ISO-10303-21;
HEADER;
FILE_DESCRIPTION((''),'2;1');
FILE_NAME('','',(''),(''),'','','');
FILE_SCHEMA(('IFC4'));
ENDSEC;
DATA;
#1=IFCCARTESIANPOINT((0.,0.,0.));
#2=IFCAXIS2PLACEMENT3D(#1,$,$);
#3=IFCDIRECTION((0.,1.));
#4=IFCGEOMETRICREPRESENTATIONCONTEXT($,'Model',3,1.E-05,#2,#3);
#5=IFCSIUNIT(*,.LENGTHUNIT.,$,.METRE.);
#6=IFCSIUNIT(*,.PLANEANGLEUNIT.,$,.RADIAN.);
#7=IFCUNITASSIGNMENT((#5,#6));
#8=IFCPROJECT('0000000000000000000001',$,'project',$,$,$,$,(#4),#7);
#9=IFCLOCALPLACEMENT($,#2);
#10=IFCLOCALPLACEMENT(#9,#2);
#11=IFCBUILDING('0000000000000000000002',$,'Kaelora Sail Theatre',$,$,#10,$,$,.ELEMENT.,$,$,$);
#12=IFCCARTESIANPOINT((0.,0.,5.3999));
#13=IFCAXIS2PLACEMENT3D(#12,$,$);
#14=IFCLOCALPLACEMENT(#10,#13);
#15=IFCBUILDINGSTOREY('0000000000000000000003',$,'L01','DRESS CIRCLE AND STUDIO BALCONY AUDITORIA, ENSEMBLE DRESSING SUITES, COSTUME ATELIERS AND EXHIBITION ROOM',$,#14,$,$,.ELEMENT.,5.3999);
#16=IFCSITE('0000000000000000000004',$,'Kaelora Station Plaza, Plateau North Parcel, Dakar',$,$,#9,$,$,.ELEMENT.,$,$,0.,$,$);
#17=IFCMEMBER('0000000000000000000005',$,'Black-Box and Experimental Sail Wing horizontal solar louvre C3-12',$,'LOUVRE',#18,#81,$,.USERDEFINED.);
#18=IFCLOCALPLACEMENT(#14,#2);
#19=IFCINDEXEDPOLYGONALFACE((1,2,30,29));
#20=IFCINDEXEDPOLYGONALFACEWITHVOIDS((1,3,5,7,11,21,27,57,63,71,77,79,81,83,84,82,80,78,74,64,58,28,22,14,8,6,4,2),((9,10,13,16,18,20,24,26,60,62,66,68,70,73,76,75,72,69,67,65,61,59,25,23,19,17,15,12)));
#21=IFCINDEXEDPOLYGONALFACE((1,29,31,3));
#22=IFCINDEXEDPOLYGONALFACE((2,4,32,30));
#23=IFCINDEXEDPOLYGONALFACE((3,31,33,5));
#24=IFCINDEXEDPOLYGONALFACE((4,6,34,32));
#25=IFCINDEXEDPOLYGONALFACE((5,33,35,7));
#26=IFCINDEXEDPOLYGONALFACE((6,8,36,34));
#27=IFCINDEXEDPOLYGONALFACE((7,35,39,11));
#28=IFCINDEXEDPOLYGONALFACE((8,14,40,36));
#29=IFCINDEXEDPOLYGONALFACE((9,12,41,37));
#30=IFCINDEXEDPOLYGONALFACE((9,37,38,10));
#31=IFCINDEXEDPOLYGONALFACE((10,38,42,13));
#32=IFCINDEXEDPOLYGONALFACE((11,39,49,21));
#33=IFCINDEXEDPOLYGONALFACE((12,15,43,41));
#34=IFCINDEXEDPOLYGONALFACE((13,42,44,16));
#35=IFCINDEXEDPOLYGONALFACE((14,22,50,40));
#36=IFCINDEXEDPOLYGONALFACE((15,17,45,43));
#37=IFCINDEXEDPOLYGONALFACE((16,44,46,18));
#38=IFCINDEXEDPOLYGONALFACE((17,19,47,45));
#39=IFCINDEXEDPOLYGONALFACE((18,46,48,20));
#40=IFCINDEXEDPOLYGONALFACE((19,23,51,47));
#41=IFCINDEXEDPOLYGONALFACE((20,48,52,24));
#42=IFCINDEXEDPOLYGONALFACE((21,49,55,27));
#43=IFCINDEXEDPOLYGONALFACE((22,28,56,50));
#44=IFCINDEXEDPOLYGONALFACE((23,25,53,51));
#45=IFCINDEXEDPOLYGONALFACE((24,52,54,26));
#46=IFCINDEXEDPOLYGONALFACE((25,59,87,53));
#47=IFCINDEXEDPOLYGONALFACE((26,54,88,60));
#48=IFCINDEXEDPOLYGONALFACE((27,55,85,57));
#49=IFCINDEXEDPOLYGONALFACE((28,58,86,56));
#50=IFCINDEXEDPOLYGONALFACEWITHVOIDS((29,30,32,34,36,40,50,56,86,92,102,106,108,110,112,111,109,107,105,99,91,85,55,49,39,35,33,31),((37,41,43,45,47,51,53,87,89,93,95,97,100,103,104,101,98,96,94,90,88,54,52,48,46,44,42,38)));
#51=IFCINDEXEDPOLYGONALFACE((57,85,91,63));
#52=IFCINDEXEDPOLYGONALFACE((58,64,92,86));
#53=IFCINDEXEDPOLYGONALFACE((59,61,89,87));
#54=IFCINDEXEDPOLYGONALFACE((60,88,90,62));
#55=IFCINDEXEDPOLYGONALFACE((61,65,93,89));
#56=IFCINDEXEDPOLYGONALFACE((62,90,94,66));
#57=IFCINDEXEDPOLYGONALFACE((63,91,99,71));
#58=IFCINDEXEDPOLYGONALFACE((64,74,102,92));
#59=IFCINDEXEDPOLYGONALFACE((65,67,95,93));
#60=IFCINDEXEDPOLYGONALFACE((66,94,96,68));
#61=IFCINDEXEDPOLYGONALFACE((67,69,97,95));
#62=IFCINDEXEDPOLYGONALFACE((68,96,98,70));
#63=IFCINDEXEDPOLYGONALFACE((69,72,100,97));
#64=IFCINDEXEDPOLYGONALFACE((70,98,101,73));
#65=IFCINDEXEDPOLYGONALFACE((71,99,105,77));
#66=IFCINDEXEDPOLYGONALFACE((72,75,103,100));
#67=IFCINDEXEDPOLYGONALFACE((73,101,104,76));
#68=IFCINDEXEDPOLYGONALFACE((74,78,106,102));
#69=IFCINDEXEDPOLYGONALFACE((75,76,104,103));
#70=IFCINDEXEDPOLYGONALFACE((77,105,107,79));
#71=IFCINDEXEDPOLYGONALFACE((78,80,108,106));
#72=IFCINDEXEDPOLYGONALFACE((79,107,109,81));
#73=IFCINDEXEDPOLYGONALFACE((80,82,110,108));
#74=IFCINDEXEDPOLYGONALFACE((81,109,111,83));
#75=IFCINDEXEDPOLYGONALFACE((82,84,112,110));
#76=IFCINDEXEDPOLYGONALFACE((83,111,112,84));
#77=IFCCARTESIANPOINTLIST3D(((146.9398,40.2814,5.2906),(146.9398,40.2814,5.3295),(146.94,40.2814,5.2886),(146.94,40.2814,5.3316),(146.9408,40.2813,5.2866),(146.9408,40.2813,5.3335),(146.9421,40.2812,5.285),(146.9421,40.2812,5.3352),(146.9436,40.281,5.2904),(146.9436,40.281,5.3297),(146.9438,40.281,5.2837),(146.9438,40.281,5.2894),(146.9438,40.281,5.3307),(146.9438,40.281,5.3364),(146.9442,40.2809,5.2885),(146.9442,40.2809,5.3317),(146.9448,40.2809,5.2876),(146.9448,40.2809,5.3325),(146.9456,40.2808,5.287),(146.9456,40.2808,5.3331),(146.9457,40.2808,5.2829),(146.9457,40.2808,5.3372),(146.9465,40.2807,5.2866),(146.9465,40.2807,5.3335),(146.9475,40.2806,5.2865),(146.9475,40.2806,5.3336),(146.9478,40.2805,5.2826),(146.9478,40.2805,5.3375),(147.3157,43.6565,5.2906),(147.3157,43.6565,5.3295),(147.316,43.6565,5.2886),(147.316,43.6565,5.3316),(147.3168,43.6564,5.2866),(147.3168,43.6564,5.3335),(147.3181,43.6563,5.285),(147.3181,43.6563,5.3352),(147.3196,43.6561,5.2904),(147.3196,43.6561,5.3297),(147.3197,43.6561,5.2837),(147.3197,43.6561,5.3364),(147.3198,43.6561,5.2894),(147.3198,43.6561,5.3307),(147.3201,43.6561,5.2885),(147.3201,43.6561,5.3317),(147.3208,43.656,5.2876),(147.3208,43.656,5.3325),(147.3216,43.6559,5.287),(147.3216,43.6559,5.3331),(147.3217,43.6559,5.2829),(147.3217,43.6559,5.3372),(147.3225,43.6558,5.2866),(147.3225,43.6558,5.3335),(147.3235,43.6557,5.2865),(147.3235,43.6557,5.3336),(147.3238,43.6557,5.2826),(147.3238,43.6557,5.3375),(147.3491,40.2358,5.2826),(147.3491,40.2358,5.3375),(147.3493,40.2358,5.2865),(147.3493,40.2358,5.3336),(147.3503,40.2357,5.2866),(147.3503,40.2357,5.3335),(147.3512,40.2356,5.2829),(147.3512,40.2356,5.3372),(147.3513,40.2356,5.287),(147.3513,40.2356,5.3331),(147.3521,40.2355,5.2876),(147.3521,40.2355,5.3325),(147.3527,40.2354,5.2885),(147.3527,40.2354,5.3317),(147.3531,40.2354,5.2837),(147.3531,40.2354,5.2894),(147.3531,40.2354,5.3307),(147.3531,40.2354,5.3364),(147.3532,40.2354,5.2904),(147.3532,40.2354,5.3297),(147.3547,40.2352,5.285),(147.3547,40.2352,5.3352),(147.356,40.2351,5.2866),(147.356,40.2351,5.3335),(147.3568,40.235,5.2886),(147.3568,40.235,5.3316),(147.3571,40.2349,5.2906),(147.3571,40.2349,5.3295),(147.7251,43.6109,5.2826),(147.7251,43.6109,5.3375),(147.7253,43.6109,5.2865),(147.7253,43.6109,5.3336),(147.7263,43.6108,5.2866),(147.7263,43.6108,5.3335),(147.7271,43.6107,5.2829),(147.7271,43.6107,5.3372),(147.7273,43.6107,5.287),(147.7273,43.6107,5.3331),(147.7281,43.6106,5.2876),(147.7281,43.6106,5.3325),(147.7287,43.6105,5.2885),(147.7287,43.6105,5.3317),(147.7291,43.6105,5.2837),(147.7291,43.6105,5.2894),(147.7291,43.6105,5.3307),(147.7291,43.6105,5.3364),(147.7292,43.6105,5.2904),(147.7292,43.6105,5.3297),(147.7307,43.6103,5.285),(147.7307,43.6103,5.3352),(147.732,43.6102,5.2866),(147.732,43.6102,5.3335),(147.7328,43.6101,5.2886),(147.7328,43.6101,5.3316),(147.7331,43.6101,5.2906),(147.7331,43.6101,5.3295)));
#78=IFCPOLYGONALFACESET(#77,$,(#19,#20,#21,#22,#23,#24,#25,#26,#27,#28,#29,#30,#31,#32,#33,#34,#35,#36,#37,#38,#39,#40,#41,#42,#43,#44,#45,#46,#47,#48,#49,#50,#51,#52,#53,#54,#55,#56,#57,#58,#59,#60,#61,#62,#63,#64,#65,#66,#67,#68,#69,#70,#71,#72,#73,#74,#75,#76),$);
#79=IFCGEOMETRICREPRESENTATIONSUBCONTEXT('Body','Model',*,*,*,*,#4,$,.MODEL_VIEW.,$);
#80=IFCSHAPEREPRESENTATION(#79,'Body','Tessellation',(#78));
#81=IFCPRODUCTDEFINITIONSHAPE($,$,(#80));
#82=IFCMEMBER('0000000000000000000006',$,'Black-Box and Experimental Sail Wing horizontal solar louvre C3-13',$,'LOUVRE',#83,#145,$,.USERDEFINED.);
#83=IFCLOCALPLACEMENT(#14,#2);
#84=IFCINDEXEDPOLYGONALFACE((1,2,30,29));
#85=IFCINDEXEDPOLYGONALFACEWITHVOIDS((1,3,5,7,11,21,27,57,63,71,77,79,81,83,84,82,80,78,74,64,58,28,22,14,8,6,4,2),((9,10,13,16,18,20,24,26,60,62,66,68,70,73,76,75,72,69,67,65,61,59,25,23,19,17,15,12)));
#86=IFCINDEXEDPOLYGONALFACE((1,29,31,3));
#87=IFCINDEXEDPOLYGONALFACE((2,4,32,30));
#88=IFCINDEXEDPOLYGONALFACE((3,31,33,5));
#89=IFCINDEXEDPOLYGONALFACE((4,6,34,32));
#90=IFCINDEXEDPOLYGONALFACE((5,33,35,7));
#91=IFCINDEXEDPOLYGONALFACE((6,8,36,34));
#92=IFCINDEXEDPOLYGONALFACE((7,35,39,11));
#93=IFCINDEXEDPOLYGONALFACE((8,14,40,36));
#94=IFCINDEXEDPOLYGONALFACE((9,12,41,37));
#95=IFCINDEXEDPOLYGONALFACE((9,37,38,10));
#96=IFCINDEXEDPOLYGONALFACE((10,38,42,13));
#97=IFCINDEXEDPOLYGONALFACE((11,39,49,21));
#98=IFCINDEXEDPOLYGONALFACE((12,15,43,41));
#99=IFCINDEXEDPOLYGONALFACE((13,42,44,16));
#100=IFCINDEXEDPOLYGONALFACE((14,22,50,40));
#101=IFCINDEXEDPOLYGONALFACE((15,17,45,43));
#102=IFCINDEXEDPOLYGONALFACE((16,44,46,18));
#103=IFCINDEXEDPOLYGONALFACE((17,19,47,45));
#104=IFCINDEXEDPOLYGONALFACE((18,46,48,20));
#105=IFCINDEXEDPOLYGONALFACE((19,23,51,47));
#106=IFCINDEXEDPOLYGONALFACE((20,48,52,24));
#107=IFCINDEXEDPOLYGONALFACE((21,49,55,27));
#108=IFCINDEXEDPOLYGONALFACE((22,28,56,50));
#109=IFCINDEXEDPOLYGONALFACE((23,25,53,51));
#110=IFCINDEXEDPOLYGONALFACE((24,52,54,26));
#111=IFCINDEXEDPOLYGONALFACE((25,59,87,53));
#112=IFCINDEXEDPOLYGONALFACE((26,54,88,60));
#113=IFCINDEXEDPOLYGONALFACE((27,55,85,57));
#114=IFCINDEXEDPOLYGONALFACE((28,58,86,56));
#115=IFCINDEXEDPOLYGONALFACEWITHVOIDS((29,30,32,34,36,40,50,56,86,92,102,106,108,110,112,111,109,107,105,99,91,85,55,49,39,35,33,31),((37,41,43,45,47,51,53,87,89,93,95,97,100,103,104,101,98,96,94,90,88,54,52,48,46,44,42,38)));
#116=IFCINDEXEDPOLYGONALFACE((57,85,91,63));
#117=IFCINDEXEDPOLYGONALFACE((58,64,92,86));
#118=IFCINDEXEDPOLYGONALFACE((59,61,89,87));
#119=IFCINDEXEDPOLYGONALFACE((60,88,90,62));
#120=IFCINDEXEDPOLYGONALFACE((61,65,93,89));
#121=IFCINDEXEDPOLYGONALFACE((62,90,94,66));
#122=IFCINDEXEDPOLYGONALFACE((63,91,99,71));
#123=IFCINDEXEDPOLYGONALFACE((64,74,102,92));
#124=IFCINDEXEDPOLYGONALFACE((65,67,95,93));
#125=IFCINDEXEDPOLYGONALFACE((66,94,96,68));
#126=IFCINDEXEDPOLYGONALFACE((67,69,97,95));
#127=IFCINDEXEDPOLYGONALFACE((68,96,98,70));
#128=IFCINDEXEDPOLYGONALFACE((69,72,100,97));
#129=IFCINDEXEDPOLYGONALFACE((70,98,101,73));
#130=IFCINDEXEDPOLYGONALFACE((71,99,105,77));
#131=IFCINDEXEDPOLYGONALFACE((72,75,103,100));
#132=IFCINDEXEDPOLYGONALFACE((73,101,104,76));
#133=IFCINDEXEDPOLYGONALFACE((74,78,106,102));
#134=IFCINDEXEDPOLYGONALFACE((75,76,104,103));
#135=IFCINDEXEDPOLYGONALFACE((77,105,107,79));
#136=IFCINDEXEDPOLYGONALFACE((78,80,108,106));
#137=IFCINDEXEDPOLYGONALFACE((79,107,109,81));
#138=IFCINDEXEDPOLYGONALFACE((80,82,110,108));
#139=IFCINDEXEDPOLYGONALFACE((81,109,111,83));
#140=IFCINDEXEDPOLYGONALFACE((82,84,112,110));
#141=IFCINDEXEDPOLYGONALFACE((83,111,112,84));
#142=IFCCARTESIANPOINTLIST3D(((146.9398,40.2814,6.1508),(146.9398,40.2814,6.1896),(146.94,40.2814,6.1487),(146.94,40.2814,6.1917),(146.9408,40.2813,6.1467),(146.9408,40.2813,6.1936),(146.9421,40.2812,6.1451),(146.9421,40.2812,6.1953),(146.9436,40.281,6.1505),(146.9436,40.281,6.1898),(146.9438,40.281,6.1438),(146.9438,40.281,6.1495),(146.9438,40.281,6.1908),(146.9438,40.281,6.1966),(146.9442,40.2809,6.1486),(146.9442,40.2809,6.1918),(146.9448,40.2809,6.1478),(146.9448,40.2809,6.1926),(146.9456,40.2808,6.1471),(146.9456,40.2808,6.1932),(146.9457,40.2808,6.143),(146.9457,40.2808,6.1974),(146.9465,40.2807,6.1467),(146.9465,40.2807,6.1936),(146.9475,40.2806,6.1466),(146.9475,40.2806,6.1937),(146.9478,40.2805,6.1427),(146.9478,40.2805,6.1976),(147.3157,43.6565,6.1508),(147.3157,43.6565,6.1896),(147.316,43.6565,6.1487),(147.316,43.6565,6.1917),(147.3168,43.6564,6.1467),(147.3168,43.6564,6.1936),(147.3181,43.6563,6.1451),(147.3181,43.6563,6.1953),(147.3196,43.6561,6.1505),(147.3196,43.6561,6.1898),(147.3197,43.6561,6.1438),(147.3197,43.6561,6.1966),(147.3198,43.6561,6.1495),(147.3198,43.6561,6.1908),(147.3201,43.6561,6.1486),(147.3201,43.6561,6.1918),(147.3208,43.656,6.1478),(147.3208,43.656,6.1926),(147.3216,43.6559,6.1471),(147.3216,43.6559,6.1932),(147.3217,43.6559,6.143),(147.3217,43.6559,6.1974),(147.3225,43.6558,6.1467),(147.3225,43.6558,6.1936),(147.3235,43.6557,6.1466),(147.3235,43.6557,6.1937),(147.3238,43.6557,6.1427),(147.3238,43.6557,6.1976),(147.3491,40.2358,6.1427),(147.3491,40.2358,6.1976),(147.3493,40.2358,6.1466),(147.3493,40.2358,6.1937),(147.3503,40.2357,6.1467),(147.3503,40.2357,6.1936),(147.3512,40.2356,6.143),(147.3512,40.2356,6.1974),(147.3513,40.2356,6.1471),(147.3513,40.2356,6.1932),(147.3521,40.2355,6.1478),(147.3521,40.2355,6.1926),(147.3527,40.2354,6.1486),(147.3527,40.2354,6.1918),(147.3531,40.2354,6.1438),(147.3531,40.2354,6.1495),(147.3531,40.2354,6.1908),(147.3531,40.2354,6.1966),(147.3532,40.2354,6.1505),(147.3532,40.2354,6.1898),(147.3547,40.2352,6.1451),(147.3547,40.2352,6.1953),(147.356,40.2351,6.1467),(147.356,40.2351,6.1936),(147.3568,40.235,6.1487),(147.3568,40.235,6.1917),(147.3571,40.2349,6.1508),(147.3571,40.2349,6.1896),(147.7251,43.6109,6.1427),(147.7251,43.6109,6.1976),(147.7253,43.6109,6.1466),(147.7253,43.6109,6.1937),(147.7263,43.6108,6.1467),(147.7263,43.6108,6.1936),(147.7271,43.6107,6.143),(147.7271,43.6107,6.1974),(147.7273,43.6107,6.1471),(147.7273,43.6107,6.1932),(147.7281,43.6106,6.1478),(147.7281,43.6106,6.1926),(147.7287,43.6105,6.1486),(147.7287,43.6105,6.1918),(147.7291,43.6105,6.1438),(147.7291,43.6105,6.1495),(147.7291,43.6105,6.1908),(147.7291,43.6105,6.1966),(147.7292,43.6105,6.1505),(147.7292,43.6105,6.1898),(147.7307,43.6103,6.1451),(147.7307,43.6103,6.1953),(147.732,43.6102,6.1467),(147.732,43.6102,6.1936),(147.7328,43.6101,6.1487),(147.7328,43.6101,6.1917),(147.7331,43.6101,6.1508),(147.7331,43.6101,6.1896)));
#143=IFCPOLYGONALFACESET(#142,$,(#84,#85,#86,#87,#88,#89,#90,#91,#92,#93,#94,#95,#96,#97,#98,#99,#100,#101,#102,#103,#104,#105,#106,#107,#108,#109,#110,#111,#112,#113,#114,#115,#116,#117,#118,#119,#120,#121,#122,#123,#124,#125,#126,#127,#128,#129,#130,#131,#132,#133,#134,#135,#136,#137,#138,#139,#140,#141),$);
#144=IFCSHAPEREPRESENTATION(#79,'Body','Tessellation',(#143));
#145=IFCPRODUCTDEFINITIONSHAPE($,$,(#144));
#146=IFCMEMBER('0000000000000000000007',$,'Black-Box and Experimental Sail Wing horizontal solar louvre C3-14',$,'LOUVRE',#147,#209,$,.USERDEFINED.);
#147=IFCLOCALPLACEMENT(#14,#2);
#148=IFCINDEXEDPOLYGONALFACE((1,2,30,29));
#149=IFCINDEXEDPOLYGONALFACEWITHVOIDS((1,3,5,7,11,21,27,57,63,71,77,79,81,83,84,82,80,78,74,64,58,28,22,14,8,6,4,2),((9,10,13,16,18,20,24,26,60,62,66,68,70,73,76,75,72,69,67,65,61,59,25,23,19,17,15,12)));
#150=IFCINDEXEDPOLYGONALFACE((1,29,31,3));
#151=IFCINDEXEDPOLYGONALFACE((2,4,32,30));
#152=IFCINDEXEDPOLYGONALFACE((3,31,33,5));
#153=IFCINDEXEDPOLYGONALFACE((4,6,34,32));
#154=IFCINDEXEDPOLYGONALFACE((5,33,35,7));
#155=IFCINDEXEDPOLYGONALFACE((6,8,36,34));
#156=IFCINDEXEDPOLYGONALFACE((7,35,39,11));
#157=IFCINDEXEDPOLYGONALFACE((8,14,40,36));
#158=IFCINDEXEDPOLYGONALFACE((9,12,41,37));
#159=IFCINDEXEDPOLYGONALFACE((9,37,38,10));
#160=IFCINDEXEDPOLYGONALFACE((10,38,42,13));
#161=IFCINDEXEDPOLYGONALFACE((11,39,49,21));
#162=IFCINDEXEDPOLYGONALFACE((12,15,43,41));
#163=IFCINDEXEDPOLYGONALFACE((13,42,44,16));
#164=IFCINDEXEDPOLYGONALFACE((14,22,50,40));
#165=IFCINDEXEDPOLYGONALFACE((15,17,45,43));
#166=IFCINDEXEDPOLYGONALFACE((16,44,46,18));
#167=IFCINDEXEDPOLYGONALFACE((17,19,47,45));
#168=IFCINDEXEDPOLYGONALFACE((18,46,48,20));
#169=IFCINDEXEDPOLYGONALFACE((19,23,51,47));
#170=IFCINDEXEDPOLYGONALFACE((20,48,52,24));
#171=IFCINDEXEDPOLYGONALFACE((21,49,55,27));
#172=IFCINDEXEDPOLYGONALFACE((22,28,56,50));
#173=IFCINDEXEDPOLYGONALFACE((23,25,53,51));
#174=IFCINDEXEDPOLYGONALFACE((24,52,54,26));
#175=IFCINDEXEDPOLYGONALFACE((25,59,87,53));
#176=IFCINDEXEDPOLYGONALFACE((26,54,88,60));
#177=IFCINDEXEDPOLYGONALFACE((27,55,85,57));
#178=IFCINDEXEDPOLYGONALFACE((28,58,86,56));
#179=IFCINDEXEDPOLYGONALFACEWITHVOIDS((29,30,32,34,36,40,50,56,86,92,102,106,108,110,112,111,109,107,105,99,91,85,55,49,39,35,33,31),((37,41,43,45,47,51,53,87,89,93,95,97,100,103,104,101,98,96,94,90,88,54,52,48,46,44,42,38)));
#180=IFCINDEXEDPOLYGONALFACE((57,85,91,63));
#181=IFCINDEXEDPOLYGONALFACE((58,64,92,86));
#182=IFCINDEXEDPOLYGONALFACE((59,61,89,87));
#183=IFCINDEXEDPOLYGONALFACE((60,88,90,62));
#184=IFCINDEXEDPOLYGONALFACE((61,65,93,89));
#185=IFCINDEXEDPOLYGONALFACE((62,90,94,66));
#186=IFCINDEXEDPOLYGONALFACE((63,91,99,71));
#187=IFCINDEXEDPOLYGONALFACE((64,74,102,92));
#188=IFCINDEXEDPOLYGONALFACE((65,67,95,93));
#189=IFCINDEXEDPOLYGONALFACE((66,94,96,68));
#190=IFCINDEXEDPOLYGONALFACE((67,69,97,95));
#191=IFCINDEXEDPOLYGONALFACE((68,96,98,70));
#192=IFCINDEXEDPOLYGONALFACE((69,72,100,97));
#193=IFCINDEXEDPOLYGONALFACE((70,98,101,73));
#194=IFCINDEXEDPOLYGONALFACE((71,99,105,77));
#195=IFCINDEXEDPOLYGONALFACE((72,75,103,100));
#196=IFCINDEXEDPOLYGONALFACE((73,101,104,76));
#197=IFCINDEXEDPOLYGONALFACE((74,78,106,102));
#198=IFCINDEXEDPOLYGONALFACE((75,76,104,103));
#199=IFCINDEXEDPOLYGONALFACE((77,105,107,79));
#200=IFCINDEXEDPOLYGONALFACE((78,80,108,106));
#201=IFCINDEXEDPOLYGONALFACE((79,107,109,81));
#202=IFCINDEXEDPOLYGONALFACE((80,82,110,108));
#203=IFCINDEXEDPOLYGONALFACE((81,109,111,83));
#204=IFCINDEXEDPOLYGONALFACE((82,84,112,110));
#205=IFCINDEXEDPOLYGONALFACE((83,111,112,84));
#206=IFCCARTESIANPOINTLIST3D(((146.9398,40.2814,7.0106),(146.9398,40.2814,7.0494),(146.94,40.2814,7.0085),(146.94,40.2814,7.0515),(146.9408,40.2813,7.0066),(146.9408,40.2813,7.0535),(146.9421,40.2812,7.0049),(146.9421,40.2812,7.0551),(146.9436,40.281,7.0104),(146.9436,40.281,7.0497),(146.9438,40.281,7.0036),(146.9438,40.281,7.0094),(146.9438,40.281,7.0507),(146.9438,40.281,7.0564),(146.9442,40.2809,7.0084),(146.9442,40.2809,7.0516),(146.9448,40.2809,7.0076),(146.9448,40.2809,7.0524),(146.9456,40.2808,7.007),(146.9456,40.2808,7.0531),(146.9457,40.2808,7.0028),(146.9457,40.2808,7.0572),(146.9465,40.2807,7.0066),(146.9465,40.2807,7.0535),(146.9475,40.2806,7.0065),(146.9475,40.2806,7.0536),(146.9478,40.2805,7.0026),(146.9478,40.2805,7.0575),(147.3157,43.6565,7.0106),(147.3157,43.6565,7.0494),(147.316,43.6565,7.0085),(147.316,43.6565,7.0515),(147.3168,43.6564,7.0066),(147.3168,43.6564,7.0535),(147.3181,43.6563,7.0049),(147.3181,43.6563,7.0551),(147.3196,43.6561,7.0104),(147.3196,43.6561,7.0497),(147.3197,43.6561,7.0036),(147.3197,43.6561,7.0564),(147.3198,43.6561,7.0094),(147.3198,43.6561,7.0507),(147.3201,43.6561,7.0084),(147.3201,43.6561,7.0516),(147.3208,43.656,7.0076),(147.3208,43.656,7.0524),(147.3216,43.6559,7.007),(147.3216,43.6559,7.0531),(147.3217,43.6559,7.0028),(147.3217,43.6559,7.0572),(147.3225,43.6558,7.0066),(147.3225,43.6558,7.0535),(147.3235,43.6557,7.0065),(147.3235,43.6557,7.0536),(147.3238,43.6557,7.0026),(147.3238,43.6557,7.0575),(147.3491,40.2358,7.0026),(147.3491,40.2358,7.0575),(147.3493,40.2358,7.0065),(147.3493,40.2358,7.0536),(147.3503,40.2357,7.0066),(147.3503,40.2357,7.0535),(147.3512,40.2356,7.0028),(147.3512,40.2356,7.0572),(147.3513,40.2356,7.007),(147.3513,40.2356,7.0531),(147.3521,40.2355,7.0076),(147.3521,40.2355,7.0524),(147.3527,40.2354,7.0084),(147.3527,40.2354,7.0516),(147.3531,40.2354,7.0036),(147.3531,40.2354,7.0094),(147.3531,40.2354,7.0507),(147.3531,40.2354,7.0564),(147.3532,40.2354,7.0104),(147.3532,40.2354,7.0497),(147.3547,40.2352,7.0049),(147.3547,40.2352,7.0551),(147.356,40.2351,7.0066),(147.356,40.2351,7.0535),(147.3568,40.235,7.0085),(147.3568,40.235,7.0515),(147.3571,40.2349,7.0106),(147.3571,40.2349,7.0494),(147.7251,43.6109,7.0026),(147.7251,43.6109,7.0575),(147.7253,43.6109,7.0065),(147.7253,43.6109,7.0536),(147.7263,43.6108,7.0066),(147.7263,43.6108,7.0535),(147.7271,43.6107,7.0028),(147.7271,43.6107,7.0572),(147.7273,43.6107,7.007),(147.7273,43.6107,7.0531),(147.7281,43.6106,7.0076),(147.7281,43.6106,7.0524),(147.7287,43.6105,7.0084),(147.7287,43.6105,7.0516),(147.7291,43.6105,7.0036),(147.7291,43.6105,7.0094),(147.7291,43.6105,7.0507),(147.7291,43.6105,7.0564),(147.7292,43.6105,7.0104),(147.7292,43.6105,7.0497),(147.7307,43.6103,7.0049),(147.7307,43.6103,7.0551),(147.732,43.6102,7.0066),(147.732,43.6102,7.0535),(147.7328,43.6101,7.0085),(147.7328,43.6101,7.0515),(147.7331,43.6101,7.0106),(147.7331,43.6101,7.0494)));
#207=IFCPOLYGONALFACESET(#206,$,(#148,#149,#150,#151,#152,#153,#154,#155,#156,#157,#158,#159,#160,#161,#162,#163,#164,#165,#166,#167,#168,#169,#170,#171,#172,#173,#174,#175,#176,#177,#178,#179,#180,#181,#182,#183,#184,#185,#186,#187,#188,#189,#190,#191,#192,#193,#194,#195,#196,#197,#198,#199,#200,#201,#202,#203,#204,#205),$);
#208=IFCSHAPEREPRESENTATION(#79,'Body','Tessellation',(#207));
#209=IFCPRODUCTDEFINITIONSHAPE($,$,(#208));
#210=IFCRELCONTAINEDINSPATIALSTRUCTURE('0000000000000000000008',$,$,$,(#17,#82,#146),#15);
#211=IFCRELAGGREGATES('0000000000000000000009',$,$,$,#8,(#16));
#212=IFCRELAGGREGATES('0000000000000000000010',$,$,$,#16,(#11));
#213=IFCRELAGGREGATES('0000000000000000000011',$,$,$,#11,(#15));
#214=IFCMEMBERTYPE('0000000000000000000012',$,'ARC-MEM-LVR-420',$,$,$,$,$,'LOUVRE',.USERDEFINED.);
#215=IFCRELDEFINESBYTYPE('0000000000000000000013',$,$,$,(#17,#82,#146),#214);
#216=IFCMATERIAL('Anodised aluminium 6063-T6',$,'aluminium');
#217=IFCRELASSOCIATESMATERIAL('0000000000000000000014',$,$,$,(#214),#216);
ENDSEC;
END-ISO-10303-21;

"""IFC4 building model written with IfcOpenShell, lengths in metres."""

from ifc_helpers import new_model, si_unit, direction, frame, origin, origin_2d, place, context, subcontext, project, spatial, hollow_rectangle, extrude, material, material_profile, profile_set, type_object, element, save


model = new_model("IFC4")

# Units and contexts
model_context = context("Model", 3, precision=1e-05, world=origin(), true_north=direction((0.0, 1.0)))
body_context = subcontext(model_context, "Body", "Model", "MODEL_VIEW")
ifc_project = project(units=[si_unit("LENGTHUNIT", "METRE"), si_unit("PLANEANGLEUNIT", "RADIAN")], contexts=[model_context])

# Site, building, storey
site_placement = place(None, origin())
site = spatial("IfcSite", under=ifc_project, at=site_placement, Name="Kaelora Station Plaza, Plateau North Parcel, Dakar", CompositionType="ELEMENT", RefElevation=0.0)
building_placement = place(site_placement, origin())
building = spatial("IfcBuilding", under=site, at=building_placement, Name="Kaelora Sail Theatre", CompositionType="ELEMENT")
storey_placement = place(building_placement, frame((0.0, 0.0, 5.3999)))
storey = spatial("IfcBuildingStorey", under=building, at=storey_placement, Name="L01", Description="DRESS CIRCLE AND STUDIO BALCONY AUDITORIA, ENSEMBLE DRESSING SUITES, COSTUME ATELIERS AND EXHIBITION ROOM", CompositionType="ELEMENT", Elevation=5.3999)

# Members
ifc_material_1 = material(Name="Anodised aluminium 6063-T6", Category="aluminium")
ifc_material_profile_1 = material_profile(ifc_material_1, hollow_rectangle(XDim=0.4199, YDim=0.0549, WallThickness=0.0039, InnerFilletRadius=0.0039, OuterFilletRadius=0.0081, at=origin_2d()), Name="LOUVRE 420x55x4")
ifc_profile_set_1 = profile_set([ifc_material_profile_1], Name="Anodised aluminium 6063-T6")
member_type = type_object("IfcMemberType", Name="ARC-MEM-LVR-420", ElementType="LOUVRE", PredefinedType="USERDEFINED", material=ifc_profile_set_1)
for number, where, z_axis, x_axis, name in (
    (1, (147.5244, 43.6333, 5.3101), (-0.110716, -0.993852, 0.0), (0.993852, -0.110716, 0.0), "Black-Box and Experimental Sail Wing horizontal solar louvre C3-12"),
    (2, (147.5244, 43.6333, 6.1702), (-0.110716, -0.993852, 0.0), (0.993852, -0.110716, 0.0), "Black-Box and Experimental Sail Wing horizontal solar louvre C3-13"),
    (3, (147.5244, 43.6333, 7.03), (-0.110716, -0.993852, 0.0), (0.993852, -0.110716, 0.0), "Black-Box and Experimental Sail Wing horizontal solar louvre C3-14"),
):
    element("IfcMember", number, at=place(storey_placement, frame(where, z_axis=z_axis, x_axis=x_axis)), inside=storey, type_object=member_type, Name=name, ObjectType="LOUVRE", PredefinedType="USERDEFINED", context=body_context, shape_type="SweptSolid", body=[
        extrude(hollow_rectangle(XDim=0.4199, YDim=0.0549, WallThickness=0.0039, InnerFilletRadius=0.0039, OuterFilletRadius=0.0081, at=origin_2d()), origin(), (0.0, 0.0, 1.0), 3.396),
    ])

save(model, "model.ifc")
